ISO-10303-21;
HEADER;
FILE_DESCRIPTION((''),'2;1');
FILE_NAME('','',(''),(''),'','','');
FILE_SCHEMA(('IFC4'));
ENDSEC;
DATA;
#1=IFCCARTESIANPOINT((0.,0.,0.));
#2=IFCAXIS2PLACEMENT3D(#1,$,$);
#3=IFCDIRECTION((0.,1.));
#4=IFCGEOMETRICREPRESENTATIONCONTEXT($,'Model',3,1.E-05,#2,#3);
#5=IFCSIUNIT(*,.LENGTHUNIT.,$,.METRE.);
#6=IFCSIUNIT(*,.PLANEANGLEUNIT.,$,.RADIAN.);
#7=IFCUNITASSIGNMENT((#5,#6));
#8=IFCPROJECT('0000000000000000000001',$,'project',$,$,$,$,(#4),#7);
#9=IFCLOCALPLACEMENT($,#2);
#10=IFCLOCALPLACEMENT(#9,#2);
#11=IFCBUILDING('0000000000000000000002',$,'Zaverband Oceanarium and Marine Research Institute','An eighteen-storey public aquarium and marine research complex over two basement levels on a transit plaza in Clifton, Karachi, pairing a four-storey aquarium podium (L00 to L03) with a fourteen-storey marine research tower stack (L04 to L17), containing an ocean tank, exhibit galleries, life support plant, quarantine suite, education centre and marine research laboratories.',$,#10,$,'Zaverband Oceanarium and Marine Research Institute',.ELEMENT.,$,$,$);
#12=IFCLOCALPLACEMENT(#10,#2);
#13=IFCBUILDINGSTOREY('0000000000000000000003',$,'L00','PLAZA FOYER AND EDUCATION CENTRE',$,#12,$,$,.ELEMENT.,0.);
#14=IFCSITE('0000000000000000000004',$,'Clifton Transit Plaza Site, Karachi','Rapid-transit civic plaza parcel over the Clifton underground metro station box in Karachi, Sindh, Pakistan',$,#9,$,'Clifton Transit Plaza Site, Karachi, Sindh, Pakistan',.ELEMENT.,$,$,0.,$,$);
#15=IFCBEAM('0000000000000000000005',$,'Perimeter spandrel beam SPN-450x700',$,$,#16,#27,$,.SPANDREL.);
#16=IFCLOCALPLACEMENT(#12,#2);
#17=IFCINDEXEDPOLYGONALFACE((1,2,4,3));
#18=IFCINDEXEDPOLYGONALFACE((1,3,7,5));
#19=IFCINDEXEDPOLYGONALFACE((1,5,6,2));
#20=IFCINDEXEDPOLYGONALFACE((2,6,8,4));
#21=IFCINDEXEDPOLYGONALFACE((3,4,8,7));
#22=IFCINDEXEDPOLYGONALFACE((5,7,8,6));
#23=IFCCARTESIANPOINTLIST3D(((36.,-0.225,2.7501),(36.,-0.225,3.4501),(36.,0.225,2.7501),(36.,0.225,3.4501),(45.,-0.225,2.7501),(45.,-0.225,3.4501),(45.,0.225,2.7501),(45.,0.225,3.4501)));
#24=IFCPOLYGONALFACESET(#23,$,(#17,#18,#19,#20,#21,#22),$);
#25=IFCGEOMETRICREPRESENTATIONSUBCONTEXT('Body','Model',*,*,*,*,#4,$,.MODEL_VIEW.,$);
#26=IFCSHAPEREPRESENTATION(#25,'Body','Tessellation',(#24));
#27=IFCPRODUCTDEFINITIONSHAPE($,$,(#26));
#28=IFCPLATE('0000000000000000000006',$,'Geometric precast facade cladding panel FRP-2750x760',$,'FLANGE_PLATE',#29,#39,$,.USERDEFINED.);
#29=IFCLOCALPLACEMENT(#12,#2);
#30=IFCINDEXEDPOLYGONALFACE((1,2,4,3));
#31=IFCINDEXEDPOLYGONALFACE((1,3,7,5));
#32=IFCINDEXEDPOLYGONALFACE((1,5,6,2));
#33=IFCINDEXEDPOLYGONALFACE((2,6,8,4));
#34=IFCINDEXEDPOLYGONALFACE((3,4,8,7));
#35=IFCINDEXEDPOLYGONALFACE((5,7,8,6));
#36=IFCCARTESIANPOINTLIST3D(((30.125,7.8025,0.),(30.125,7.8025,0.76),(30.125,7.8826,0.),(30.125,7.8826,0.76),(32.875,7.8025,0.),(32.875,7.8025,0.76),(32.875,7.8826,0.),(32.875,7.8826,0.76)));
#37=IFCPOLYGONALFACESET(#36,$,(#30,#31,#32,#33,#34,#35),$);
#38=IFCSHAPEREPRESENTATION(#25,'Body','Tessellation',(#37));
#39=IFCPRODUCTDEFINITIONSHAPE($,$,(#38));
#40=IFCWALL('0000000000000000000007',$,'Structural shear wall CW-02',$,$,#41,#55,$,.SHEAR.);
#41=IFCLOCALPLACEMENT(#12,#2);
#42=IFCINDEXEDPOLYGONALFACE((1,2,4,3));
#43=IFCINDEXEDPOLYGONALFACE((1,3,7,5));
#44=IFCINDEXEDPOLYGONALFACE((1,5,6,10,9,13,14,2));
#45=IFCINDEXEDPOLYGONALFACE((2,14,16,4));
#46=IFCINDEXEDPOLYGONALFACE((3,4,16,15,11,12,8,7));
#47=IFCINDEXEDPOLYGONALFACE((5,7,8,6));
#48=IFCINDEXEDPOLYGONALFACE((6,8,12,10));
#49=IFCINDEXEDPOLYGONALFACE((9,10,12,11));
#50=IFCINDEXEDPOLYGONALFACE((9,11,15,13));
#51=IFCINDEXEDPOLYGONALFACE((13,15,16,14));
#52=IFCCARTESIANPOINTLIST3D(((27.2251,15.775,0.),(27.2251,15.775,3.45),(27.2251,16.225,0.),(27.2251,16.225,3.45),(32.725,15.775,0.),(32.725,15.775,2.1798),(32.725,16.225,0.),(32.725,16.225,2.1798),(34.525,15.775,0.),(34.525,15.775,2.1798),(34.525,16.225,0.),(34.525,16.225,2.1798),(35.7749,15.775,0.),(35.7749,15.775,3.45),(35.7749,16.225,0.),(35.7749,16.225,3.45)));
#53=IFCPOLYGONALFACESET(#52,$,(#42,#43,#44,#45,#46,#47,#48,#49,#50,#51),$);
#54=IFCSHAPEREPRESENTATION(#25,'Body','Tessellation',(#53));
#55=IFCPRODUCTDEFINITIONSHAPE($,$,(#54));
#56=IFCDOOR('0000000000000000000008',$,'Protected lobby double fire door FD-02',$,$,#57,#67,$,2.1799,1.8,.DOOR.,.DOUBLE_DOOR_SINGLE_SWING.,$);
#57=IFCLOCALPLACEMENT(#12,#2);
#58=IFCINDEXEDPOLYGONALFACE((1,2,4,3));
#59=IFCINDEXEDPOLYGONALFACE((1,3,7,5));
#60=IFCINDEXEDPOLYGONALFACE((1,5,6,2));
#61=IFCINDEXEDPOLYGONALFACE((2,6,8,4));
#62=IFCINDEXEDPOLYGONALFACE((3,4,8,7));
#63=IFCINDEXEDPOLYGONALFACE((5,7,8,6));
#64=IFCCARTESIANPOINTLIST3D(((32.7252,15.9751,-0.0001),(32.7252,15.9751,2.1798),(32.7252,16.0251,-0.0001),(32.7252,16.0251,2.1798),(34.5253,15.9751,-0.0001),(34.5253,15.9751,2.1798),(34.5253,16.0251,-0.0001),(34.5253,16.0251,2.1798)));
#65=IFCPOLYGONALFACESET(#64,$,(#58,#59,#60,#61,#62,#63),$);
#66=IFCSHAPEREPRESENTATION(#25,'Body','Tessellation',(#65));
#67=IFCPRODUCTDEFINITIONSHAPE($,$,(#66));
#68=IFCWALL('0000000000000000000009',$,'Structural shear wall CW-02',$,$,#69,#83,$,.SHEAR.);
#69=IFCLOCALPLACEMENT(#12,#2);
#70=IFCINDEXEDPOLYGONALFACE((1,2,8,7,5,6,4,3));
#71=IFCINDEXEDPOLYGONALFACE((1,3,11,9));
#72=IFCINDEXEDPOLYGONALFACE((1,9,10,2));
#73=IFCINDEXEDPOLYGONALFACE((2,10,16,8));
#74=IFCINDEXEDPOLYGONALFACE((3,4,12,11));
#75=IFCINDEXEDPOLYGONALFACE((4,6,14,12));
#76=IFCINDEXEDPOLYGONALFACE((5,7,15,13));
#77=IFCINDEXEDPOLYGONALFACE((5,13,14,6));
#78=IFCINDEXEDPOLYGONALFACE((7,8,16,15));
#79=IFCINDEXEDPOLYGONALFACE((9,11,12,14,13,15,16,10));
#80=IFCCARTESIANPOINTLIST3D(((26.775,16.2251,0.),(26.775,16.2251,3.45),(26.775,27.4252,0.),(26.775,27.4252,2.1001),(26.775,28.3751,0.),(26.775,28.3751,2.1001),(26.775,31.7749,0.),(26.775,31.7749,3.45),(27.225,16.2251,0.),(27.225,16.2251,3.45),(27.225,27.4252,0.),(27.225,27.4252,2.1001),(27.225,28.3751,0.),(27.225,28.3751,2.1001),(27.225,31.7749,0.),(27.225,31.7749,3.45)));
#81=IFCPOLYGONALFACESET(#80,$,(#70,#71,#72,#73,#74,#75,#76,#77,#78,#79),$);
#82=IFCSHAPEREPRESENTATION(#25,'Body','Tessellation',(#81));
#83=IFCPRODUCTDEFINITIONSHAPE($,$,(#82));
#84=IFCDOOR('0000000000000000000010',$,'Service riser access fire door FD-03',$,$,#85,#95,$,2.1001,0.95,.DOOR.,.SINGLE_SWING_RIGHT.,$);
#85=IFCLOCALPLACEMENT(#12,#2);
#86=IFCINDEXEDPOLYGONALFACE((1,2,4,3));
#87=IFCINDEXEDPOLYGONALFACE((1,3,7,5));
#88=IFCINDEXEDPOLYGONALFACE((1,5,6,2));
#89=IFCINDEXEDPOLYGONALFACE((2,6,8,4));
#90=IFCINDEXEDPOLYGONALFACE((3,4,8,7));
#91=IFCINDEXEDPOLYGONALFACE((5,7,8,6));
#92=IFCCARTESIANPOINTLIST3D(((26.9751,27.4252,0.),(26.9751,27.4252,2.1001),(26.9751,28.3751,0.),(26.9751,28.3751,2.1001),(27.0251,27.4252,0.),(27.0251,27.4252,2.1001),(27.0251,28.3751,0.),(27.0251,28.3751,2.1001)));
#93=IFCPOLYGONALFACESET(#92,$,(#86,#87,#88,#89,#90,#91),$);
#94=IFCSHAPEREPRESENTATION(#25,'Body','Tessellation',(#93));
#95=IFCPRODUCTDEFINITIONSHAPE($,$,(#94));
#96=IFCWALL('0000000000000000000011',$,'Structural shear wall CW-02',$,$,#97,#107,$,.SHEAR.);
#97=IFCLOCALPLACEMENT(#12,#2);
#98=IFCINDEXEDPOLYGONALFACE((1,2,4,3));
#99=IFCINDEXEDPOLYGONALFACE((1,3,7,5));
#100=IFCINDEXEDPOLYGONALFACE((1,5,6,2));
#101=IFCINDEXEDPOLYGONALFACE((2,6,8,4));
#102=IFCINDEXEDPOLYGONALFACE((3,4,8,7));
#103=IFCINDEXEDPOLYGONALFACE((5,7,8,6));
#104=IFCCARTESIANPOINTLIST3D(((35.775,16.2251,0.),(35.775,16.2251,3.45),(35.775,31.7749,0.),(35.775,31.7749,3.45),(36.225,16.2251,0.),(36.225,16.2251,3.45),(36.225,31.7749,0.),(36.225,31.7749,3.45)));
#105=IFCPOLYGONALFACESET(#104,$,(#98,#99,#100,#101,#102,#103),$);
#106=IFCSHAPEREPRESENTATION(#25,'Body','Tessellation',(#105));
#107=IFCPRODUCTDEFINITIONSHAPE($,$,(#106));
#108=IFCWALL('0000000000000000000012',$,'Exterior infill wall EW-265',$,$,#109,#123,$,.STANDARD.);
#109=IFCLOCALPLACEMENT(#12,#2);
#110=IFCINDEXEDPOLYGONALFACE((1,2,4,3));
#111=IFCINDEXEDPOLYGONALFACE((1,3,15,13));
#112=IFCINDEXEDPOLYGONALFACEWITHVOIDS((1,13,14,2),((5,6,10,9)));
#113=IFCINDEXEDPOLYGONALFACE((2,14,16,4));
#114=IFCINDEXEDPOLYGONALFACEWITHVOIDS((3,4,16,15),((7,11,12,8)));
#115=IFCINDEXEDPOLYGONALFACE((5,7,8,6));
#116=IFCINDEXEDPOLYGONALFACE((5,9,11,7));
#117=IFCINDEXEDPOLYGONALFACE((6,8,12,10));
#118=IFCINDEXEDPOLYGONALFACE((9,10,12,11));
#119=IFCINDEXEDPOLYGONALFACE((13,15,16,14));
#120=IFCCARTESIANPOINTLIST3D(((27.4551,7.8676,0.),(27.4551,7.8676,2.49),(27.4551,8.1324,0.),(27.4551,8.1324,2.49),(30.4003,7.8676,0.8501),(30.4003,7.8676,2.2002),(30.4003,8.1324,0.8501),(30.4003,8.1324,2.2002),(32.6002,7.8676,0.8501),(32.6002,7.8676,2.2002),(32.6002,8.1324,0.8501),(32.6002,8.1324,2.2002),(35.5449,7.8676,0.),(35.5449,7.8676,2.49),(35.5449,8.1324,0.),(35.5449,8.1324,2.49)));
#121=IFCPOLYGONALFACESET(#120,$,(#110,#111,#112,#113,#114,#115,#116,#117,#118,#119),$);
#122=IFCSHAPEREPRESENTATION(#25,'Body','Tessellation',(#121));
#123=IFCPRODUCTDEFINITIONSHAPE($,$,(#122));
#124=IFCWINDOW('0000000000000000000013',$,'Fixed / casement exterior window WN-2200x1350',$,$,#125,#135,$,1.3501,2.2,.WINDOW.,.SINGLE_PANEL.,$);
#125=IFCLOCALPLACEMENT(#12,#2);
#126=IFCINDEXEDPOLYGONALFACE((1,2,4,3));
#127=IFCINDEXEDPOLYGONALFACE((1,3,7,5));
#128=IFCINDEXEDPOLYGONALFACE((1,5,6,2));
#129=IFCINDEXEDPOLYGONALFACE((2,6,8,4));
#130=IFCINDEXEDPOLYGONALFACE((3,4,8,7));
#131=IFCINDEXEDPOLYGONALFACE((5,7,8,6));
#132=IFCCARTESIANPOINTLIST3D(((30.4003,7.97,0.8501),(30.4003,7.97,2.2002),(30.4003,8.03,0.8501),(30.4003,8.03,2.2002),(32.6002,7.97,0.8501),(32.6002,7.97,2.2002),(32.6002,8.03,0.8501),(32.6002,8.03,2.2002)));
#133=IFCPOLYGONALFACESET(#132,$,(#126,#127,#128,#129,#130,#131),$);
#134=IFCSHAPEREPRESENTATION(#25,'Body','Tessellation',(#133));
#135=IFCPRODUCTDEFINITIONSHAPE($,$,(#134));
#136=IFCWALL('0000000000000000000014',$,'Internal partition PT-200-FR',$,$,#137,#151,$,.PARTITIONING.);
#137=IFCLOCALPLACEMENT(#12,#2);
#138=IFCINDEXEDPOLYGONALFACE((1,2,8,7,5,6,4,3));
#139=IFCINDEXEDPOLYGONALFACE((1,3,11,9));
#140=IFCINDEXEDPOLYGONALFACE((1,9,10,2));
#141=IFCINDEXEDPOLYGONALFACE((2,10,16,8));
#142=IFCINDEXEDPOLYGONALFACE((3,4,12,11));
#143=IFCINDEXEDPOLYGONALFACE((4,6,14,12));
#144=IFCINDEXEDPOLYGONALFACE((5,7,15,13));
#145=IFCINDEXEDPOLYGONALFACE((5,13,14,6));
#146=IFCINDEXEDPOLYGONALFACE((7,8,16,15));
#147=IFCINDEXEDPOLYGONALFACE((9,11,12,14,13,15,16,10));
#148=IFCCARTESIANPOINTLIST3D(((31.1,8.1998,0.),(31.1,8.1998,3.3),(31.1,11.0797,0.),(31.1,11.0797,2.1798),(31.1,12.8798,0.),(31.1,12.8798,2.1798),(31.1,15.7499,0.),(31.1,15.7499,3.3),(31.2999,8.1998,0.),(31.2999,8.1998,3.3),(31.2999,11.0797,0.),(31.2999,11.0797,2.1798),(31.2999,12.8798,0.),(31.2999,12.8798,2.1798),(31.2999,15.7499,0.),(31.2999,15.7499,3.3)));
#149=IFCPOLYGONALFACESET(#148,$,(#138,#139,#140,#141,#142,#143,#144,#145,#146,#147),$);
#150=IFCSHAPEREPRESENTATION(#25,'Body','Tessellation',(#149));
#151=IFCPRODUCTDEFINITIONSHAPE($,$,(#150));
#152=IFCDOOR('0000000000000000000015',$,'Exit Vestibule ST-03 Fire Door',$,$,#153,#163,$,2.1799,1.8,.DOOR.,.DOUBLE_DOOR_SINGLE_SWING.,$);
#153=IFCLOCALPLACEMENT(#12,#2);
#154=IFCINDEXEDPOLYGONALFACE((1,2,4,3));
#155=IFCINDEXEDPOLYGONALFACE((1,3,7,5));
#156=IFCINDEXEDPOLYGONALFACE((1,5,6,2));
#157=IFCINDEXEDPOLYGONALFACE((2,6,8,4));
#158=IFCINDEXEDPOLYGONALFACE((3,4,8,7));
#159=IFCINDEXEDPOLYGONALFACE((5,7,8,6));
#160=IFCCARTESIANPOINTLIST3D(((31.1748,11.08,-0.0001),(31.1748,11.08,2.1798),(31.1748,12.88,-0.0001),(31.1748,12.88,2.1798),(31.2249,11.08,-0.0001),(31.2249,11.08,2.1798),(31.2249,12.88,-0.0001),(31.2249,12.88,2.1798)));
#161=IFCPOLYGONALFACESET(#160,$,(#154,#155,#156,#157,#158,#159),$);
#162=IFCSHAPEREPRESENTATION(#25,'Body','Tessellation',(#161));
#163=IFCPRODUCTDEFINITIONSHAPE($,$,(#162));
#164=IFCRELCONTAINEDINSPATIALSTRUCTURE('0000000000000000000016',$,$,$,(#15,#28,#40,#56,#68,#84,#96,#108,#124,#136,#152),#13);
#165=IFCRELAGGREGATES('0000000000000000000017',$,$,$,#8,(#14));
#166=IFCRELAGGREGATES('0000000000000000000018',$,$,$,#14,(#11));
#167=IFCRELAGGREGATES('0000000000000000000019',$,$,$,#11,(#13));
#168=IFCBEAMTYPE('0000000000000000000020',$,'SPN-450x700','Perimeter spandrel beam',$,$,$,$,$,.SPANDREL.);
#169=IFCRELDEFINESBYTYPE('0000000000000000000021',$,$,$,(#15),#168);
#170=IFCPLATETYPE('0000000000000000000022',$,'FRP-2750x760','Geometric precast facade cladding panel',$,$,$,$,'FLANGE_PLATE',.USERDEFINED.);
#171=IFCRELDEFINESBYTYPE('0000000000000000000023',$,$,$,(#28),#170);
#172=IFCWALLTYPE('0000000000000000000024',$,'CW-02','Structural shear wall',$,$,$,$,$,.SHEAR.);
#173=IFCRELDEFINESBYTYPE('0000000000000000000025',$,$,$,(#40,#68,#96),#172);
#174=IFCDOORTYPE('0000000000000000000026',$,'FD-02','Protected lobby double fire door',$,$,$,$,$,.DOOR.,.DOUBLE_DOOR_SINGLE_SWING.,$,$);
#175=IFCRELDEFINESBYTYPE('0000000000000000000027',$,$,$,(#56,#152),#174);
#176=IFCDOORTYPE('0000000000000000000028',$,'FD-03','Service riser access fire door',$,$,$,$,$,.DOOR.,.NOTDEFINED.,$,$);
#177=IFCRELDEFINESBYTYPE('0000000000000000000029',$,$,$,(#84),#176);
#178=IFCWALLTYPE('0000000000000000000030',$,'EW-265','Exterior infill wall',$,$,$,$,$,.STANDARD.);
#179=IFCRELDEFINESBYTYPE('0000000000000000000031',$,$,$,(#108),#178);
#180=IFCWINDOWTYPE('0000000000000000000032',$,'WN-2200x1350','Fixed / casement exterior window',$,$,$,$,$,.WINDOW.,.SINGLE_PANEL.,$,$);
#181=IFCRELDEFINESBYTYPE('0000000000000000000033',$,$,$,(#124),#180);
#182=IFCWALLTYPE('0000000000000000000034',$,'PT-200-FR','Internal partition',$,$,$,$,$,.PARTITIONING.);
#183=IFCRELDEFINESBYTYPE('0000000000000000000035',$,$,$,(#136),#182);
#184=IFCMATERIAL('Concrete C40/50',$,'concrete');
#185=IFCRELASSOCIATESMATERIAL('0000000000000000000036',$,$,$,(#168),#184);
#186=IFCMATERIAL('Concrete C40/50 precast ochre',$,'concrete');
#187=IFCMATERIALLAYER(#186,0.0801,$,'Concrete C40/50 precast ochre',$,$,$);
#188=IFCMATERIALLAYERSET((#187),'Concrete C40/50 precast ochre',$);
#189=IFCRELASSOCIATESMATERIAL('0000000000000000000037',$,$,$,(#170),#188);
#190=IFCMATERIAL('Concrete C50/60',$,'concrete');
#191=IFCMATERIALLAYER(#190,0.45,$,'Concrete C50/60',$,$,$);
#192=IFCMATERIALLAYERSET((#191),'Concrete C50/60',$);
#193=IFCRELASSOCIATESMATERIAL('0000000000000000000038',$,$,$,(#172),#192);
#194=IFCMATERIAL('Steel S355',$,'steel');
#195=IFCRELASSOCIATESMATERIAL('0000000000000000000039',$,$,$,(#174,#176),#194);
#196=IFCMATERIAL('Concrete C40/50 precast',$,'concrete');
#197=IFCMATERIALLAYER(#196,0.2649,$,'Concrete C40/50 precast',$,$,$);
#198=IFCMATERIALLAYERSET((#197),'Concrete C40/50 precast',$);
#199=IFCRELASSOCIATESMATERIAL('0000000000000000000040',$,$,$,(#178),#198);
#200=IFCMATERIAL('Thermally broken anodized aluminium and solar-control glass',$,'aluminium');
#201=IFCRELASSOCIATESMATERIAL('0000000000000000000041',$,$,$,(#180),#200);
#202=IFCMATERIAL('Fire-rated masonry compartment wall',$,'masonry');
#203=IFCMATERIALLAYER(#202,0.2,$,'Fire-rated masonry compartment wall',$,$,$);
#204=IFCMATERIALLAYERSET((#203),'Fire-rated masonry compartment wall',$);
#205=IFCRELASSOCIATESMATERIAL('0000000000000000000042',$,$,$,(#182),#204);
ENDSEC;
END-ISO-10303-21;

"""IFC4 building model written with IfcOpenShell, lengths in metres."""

from ifc_helpers import new_model, si_unit, direction, frame, frame_2d, origin, origin_2d, place, context, subcontext, project, spatial, rectangle, extrude, material, layer, layer_set, material_profile, profile_set, type_object, element, fill, save


model = new_model("IFC4")

# Units and contexts
model_context = context("Model", 3, precision=1e-05, world=origin(), true_north=direction((0.0, 1.0)))
body_context = subcontext(model_context, "Body", "Model", "MODEL_VIEW")
ifc_project = project(units=[si_unit("LENGTHUNIT", "METRE"), si_unit("PLANEANGLEUNIT", "RADIAN")], contexts=[model_context])

# Site, building, storey
site_placement = place(None, origin())
site = spatial("IfcSite", under=ifc_project, at=site_placement, Name="Clifton Transit Plaza Site, Karachi", Description="Rapid-transit civic plaza parcel over the Clifton underground metro station box in Karachi, Sindh, Pakistan", LongName="Clifton Transit Plaza Site, Karachi, Sindh, Pakistan", CompositionType="ELEMENT", RefElevation=0.0)
building_placement = place(site_placement, origin())
building = spatial("IfcBuilding", under=site, at=building_placement, Name="Zaverband Oceanarium and Marine Research Institute", Description="An eighteen-storey public aquarium and marine research complex over two basement levels on a transit plaza in Clifton, Karachi, pairing a four-storey aquarium podium (L00 to L03) with a fourteen-storey marine research tower stack (L04 to L17), containing an ocean tank, exhibit galleries, life support plant, quarantine suite, education centre and marine research laboratories.", LongName="Zaverband Oceanarium and Marine Research Institute", CompositionType="ELEMENT")
storey_placement = place(building_placement, origin())
storey = spatial("IfcBuildingStorey", under=building, at=storey_placement, Name="L00", Description="PLAZA FOYER AND EDUCATION CENTRE", CompositionType="ELEMENT", Elevation=0.0)

# Shared definitions
ifc_material_1 = material(Name="Concrete C50/60", Category="concrete")

# Beam
ifc_material_2 = material(Name="Concrete C40/50", Category="concrete")
ifc_material_profile_1 = material_profile(ifc_material_2, rectangle(XDim=0.45, YDim=0.7, at=origin_2d()), Name="RC450x700")
ifc_profile_set_1 = profile_set([ifc_material_profile_1], Name="Concrete C40/50")
beam_type_1 = type_object("IfcBeamType", Name="SPN-450x700", Description="Perimeter spandrel beam", PredefinedType="SPANDREL", material=ifc_profile_set_1)
beam_placement = place(storey_placement, frame((36.0, 0.0, 3.1001), z_axis=(1.0, 0.0, 0.0), x_axis=(0.0, 1.0, 0.0)))
element("IfcBeam", 1, at=beam_placement, inside=storey, type_object=beam_type_1, Name="Perimeter spandrel beam SPN-450x700", PredefinedType="SPANDREL", context=body_context, shape_type="SweptSolid", body=[
    extrude(rectangle(XDim=0.45, YDim=0.7, at=origin_2d()), origin(), (0.0, 0.0, 1.0), 9.0),
])

# Plate
ifc_material_3 = material(Name="Concrete C40/50 precast ochre", Category="concrete")
ifc_layer_1 = layer(ifc_material_3, 0.0801, Name="Concrete C40/50 precast ochre")
ifc_layer_set_1 = layer_set([ifc_layer_1], Name="Concrete C40/50 precast ochre")
plate_type = type_object("IfcPlateType", Name="FRP-2750x760", Description="Geometric precast facade cladding panel", ElementType="FLANGE_PLATE", PredefinedType="USERDEFINED", material=ifc_layer_set_1)
plate_placement = place(storey_placement, frame((30.125, 7.8425, 0.0), z_axis=(0.0, 0.0, 1.0), x_axis=(1.0, 0.0, 0.0)))
element("IfcPlate", 2, at=plate_placement, inside=storey, type_object=plate_type, Name="Geometric precast facade cladding panel FRP-2750x760", ObjectType="FLANGE_PLATE", PredefinedType="USERDEFINED", context=body_context, shape_type="SweptSolid", body=[
    extrude(rectangle(XDim=2.75, YDim=0.0801, at=frame_2d((1.375, 0.0))), origin(), (0.0, 0.0, 1.0), 0.76),
])

# Walls, openings, doors
ifc_layer_2 = layer(ifc_material_1, 0.45, Name="Concrete C50/60")
ifc_layer_set_2 = layer_set([ifc_layer_2], Name="Concrete C50/60")
wall_type_1 = type_object("IfcWallType", Name="CW-02", Description="Structural shear wall", PredefinedType="SHEAR", material=ifc_layer_set_2)
wall_1_placement = place(storey_placement, frame((27.2251, 16.0, 0.0), z_axis=(0.0, 0.0, 1.0), x_axis=(1.0, 0.0, 0.0)))
wall_1 = element("IfcWall", 3, at=wall_1_placement, inside=storey, type_object=wall_type_1, Name="Structural shear wall CW-02", PredefinedType="SHEAR", context=body_context, shape_type="SweptSolid", body=[
    extrude(rectangle(XDim=8.5498, YDim=0.45, at=frame_2d((4.2749, 0.0))), origin(), (0.0, 0.0, 1.0), 3.45),
])
opening_1_placement = place(wall_1_placement, frame((5.5, 0.0, 0.0)))
opening_1 = element("IfcOpeningElement", 4, at=opening_1_placement, cuts=wall_1, PredefinedType="OPENING", context=body_context, shape_type="SweptSolid", body=[
    extrude(rectangle(XDim=1.8, YDim=2.1799, at=frame_2d((0.8999, 1.0898))), frame((0.0, 0.2368, 0.0), z_axis=(0.0, -1.0, 0.0), x_axis=(1.0, 0.0, 0.0)), (0.0, 0.0, 1.0), 0.4739),
])
ifc_material_4 = material(Name="Steel S355", Category="steel")
door_type_1 = type_object("IfcDoorType", Name="FD-02", Description="Protected lobby double fire door", OperationType="DOUBLE_DOOR_SINGLE_SWING", PredefinedType="DOOR", material=ifc_material_4)
door_1_placement = place(opening_1_placement, frame((1.8, 0.0, 0.0), z_axis=(0.0, 0.0, 1.0), x_axis=(-1.0, 0.0, 0.0)))
door_1 = element("IfcDoor", 5, at=door_1_placement, inside=storey, type_object=door_type_1, Name="Protected lobby double fire door FD-02", OperationType="DOUBLE_DOOR_SINGLE_SWING", OverallHeight=2.1799, OverallWidth=1.8, PredefinedType="DOOR", context=body_context, shape_type="SweptSolid", body=[
    extrude(rectangle(XDim=1.8, YDim=2.1799, at=frame_2d((0.8999, 1.0898))), frame((0.0, 0.0249, 0.0), z_axis=(0.0, -1.0, 0.0), x_axis=(1.0, 0.0, 0.0)), (0.0, 0.0, 1.0), 0.05),
])
fill(opening_1, door_1)
wall_2_placement = place(storey_placement, frame((27.0, 16.2251, 0.0), z_axis=(0.0, 0.0, 1.0), x_axis=(0.0, 1.0, 0.0)))
wall_2 = element("IfcWall", 6, at=wall_2_placement, inside=storey, type_object=wall_type_1, Name="Structural shear wall CW-02", PredefinedType="SHEAR", context=body_context, shape_type="SweptSolid", body=[
    extrude(rectangle(XDim=15.5498, YDim=0.45, at=frame_2d((7.7749, 0.0))), origin(), (0.0, 0.0, 1.0), 3.45),
])
opening_2_placement = place(wall_2_placement, frame((11.2, 0.0, 0.0)))
opening_2 = element("IfcOpeningElement", 7, at=opening_2_placement, cuts=wall_2, PredefinedType="OPENING", context=body_context, shape_type="SweptSolid", body=[
    extrude(rectangle(XDim=0.95, YDim=2.1001, at=frame_2d((0.4751, 1.05))), frame((0.0, 0.2368, 0.0), z_axis=(0.0, -1.0, 0.0), x_axis=(1.0, 0.0, 0.0)), (0.0, 0.0, 1.0), 0.4739),
])
door_type_2 = type_object("IfcDoorType", Name="FD-03", Description="Service riser access fire door", OperationType="NOTDEFINED", PredefinedType="DOOR", material=ifc_material_4)
door_2_placement = place(opening_2_placement, origin())
door_2 = element("IfcDoor", 8, at=door_2_placement, inside=storey, type_object=door_type_2, Name="Service riser access fire door FD-03", OperationType="SINGLE_SWING_RIGHT", OverallHeight=2.1001, OverallWidth=0.95, PredefinedType="DOOR", context=body_context, shape_type="SweptSolid", body=[
    extrude(rectangle(XDim=0.95, YDim=2.1001, at=frame_2d((0.4751, 1.05))), frame((0.0, 0.0249, 0.0), z_axis=(0.0, -1.0, 0.0), x_axis=(1.0, 0.0, 0.0)), (0.0, 0.0, 1.0), 0.05),
])
fill(opening_2, door_2)

# Wall
wall_3_placement = place(storey_placement, frame((36.0, 16.2251, 0.0), z_axis=(0.0, 0.0, 1.0), x_axis=(0.0, 1.0, 0.0)))
element("IfcWall", 9, at=wall_3_placement, inside=storey, type_object=wall_type_1, Name="Structural shear wall CW-02", PredefinedType="SHEAR", context=body_context, shape_type="SweptSolid", body=[
    extrude(rectangle(XDim=15.5498, YDim=0.45, at=frame_2d((7.7749, 0.0))), origin(), (0.0, 0.0, 1.0), 3.45),
])

# Wall, opening, window
ifc_material_5 = material(Name="Concrete C40/50 precast", Category="concrete")
ifc_layer_3 = layer(ifc_material_5, 0.2649, Name="Concrete C40/50 precast")
ifc_layer_set_3 = layer_set([ifc_layer_3], Name="Concrete C40/50 precast")
wall_type_2 = type_object("IfcWallType", Name="EW-265", Description="Exterior infill wall", PredefinedType="STANDARD", material=ifc_layer_set_3)
wall_4_placement = place(storey_placement, frame((27.4551, 8.0, 0.0), z_axis=(0.0, 0.0, 1.0), x_axis=(1.0, 0.0, 0.0)))
wall_4 = element("IfcWall", 10, at=wall_4_placement, inside=storey, type_object=wall_type_2, Name="Exterior infill wall EW-265", PredefinedType="STANDARD", context=body_context, shape_type="SweptSolid", body=[
    extrude(rectangle(XDim=8.0898, YDim=0.2649, at=frame_2d((4.0449, 0.0))), origin(), (0.0, 0.0, 1.0), 2.49),
])
opening_3_placement = place(wall_4_placement, frame((2.9451, 0.0, 0.8501)))
opening_3 = element("IfcOpeningElement", 11, at=opening_3_placement, cuts=wall_4, PredefinedType="OPENING", context=body_context, shape_type="SweptSolid", body=[
    extrude(rectangle(XDim=2.2, YDim=1.3501, at=frame_2d((1.1001, 0.675))), frame((0.0, 0.1445, 0.0), z_axis=(0.0, -1.0, 0.0), x_axis=(1.0, 0.0, 0.0)), (0.0, 0.0, 1.0), 0.2888),
])
ifc_material_6 = material(Name="Thermally broken anodized aluminium and solar-control glass", Category="aluminium")
window_type = type_object("IfcWindowType", Name="WN-2200x1350", Description="Fixed / casement exterior window", PartitioningType="SINGLE_PANEL", PredefinedType="WINDOW", material=ifc_material_6)
window_placement = place(opening_3_placement, origin())
window = element("IfcWindow", 12, at=window_placement, inside=storey, type_object=window_type, Name="Fixed / casement exterior window WN-2200x1350", OverallHeight=1.3501, OverallWidth=2.2, PartitioningType="SINGLE_PANEL", PredefinedType="WINDOW", context=body_context, shape_type="SweptSolid", body=[
    extrude(rectangle(XDim=2.2, YDim=1.3501, at=frame_2d((1.1001, 0.675))), frame((0.0, 0.03, 0.0), z_axis=(0.0, -1.0, 0.0), x_axis=(1.0, 0.0, 0.0)), (0.0, 0.0, 1.0), 0.0601),
])
fill(opening_3, window)

# Wall, opening, door
ifc_material_7 = material(Name="Fire-rated masonry compartment wall", Category="masonry")
ifc_layer_4 = layer(ifc_material_7, 0.2, Name="Fire-rated masonry compartment wall")
ifc_layer_set_4 = layer_set([ifc_layer_4], Name="Fire-rated masonry compartment wall")
wall_type_3 = type_object("IfcWallType", Name="PT-200-FR", Description="Internal partition", PredefinedType="PARTITIONING", material=ifc_layer_set_4)
wall_5_placement = place(storey_placement, frame((31.2, 8.2, 0.0), z_axis=(0.0, 0.0, 1.0), x_axis=(0.0, 1.0, 0.0)))
wall_5 = element("IfcWall", 13, at=wall_5_placement, inside=storey, type_object=wall_type_3, Name="Internal partition PT-200-FR", PredefinedType="PARTITIONING", context=body_context, shape_type="SweptSolid", body=[
    extrude(rectangle(XDim=7.55, YDim=0.2, at=frame_2d((3.7749, 0.0))), origin(), (0.0, 0.0, 1.0), 3.3),
])
opening_4_placement = place(wall_5_placement, frame((2.8799, 0.0, 0.0)))
opening_4 = element("IfcOpeningElement", 14, at=opening_4_placement, cuts=wall_5, PredefinedType="OPENING", context=body_context, shape_type="SweptSolid", body=[
    extrude(rectangle(XDim=1.8, YDim=2.1799, at=frame_2d((0.8999, 1.0898))), frame((0.0, 0.1118, 0.0), z_axis=(0.0, -1.0, 0.0), x_axis=(1.0, 0.0, 0.0)), (0.0, 0.0, 1.0), 0.2239),
])
door_3_placement = place(opening_4_placement, frame((1.8, 0.0, 0.0), z_axis=(0.0, 0.0, 1.0), x_axis=(-1.0, 0.0, 0.0)))
door_3 = element("IfcDoor", 15, at=door_3_placement, inside=storey, type_object=door_type_1, Name="Exit Vestibule ST-03 Fire Door", OperationType="DOUBLE_DOOR_SINGLE_SWING", OverallHeight=2.1799, OverallWidth=1.8, PredefinedType="DOOR", context=body_context, shape_type="SweptSolid", body=[
    extrude(rectangle(XDim=1.8, YDim=2.1799, at=frame_2d((0.8999, 1.0898))), frame((0.0, 0.0249, 0.0), z_axis=(0.0, -1.0, 0.0), x_axis=(1.0, 0.0, 0.0)), (0.0, 0.0, 1.0), 0.05),
])
fill(opening_4, door_3)

save(model, "model.ifc")
